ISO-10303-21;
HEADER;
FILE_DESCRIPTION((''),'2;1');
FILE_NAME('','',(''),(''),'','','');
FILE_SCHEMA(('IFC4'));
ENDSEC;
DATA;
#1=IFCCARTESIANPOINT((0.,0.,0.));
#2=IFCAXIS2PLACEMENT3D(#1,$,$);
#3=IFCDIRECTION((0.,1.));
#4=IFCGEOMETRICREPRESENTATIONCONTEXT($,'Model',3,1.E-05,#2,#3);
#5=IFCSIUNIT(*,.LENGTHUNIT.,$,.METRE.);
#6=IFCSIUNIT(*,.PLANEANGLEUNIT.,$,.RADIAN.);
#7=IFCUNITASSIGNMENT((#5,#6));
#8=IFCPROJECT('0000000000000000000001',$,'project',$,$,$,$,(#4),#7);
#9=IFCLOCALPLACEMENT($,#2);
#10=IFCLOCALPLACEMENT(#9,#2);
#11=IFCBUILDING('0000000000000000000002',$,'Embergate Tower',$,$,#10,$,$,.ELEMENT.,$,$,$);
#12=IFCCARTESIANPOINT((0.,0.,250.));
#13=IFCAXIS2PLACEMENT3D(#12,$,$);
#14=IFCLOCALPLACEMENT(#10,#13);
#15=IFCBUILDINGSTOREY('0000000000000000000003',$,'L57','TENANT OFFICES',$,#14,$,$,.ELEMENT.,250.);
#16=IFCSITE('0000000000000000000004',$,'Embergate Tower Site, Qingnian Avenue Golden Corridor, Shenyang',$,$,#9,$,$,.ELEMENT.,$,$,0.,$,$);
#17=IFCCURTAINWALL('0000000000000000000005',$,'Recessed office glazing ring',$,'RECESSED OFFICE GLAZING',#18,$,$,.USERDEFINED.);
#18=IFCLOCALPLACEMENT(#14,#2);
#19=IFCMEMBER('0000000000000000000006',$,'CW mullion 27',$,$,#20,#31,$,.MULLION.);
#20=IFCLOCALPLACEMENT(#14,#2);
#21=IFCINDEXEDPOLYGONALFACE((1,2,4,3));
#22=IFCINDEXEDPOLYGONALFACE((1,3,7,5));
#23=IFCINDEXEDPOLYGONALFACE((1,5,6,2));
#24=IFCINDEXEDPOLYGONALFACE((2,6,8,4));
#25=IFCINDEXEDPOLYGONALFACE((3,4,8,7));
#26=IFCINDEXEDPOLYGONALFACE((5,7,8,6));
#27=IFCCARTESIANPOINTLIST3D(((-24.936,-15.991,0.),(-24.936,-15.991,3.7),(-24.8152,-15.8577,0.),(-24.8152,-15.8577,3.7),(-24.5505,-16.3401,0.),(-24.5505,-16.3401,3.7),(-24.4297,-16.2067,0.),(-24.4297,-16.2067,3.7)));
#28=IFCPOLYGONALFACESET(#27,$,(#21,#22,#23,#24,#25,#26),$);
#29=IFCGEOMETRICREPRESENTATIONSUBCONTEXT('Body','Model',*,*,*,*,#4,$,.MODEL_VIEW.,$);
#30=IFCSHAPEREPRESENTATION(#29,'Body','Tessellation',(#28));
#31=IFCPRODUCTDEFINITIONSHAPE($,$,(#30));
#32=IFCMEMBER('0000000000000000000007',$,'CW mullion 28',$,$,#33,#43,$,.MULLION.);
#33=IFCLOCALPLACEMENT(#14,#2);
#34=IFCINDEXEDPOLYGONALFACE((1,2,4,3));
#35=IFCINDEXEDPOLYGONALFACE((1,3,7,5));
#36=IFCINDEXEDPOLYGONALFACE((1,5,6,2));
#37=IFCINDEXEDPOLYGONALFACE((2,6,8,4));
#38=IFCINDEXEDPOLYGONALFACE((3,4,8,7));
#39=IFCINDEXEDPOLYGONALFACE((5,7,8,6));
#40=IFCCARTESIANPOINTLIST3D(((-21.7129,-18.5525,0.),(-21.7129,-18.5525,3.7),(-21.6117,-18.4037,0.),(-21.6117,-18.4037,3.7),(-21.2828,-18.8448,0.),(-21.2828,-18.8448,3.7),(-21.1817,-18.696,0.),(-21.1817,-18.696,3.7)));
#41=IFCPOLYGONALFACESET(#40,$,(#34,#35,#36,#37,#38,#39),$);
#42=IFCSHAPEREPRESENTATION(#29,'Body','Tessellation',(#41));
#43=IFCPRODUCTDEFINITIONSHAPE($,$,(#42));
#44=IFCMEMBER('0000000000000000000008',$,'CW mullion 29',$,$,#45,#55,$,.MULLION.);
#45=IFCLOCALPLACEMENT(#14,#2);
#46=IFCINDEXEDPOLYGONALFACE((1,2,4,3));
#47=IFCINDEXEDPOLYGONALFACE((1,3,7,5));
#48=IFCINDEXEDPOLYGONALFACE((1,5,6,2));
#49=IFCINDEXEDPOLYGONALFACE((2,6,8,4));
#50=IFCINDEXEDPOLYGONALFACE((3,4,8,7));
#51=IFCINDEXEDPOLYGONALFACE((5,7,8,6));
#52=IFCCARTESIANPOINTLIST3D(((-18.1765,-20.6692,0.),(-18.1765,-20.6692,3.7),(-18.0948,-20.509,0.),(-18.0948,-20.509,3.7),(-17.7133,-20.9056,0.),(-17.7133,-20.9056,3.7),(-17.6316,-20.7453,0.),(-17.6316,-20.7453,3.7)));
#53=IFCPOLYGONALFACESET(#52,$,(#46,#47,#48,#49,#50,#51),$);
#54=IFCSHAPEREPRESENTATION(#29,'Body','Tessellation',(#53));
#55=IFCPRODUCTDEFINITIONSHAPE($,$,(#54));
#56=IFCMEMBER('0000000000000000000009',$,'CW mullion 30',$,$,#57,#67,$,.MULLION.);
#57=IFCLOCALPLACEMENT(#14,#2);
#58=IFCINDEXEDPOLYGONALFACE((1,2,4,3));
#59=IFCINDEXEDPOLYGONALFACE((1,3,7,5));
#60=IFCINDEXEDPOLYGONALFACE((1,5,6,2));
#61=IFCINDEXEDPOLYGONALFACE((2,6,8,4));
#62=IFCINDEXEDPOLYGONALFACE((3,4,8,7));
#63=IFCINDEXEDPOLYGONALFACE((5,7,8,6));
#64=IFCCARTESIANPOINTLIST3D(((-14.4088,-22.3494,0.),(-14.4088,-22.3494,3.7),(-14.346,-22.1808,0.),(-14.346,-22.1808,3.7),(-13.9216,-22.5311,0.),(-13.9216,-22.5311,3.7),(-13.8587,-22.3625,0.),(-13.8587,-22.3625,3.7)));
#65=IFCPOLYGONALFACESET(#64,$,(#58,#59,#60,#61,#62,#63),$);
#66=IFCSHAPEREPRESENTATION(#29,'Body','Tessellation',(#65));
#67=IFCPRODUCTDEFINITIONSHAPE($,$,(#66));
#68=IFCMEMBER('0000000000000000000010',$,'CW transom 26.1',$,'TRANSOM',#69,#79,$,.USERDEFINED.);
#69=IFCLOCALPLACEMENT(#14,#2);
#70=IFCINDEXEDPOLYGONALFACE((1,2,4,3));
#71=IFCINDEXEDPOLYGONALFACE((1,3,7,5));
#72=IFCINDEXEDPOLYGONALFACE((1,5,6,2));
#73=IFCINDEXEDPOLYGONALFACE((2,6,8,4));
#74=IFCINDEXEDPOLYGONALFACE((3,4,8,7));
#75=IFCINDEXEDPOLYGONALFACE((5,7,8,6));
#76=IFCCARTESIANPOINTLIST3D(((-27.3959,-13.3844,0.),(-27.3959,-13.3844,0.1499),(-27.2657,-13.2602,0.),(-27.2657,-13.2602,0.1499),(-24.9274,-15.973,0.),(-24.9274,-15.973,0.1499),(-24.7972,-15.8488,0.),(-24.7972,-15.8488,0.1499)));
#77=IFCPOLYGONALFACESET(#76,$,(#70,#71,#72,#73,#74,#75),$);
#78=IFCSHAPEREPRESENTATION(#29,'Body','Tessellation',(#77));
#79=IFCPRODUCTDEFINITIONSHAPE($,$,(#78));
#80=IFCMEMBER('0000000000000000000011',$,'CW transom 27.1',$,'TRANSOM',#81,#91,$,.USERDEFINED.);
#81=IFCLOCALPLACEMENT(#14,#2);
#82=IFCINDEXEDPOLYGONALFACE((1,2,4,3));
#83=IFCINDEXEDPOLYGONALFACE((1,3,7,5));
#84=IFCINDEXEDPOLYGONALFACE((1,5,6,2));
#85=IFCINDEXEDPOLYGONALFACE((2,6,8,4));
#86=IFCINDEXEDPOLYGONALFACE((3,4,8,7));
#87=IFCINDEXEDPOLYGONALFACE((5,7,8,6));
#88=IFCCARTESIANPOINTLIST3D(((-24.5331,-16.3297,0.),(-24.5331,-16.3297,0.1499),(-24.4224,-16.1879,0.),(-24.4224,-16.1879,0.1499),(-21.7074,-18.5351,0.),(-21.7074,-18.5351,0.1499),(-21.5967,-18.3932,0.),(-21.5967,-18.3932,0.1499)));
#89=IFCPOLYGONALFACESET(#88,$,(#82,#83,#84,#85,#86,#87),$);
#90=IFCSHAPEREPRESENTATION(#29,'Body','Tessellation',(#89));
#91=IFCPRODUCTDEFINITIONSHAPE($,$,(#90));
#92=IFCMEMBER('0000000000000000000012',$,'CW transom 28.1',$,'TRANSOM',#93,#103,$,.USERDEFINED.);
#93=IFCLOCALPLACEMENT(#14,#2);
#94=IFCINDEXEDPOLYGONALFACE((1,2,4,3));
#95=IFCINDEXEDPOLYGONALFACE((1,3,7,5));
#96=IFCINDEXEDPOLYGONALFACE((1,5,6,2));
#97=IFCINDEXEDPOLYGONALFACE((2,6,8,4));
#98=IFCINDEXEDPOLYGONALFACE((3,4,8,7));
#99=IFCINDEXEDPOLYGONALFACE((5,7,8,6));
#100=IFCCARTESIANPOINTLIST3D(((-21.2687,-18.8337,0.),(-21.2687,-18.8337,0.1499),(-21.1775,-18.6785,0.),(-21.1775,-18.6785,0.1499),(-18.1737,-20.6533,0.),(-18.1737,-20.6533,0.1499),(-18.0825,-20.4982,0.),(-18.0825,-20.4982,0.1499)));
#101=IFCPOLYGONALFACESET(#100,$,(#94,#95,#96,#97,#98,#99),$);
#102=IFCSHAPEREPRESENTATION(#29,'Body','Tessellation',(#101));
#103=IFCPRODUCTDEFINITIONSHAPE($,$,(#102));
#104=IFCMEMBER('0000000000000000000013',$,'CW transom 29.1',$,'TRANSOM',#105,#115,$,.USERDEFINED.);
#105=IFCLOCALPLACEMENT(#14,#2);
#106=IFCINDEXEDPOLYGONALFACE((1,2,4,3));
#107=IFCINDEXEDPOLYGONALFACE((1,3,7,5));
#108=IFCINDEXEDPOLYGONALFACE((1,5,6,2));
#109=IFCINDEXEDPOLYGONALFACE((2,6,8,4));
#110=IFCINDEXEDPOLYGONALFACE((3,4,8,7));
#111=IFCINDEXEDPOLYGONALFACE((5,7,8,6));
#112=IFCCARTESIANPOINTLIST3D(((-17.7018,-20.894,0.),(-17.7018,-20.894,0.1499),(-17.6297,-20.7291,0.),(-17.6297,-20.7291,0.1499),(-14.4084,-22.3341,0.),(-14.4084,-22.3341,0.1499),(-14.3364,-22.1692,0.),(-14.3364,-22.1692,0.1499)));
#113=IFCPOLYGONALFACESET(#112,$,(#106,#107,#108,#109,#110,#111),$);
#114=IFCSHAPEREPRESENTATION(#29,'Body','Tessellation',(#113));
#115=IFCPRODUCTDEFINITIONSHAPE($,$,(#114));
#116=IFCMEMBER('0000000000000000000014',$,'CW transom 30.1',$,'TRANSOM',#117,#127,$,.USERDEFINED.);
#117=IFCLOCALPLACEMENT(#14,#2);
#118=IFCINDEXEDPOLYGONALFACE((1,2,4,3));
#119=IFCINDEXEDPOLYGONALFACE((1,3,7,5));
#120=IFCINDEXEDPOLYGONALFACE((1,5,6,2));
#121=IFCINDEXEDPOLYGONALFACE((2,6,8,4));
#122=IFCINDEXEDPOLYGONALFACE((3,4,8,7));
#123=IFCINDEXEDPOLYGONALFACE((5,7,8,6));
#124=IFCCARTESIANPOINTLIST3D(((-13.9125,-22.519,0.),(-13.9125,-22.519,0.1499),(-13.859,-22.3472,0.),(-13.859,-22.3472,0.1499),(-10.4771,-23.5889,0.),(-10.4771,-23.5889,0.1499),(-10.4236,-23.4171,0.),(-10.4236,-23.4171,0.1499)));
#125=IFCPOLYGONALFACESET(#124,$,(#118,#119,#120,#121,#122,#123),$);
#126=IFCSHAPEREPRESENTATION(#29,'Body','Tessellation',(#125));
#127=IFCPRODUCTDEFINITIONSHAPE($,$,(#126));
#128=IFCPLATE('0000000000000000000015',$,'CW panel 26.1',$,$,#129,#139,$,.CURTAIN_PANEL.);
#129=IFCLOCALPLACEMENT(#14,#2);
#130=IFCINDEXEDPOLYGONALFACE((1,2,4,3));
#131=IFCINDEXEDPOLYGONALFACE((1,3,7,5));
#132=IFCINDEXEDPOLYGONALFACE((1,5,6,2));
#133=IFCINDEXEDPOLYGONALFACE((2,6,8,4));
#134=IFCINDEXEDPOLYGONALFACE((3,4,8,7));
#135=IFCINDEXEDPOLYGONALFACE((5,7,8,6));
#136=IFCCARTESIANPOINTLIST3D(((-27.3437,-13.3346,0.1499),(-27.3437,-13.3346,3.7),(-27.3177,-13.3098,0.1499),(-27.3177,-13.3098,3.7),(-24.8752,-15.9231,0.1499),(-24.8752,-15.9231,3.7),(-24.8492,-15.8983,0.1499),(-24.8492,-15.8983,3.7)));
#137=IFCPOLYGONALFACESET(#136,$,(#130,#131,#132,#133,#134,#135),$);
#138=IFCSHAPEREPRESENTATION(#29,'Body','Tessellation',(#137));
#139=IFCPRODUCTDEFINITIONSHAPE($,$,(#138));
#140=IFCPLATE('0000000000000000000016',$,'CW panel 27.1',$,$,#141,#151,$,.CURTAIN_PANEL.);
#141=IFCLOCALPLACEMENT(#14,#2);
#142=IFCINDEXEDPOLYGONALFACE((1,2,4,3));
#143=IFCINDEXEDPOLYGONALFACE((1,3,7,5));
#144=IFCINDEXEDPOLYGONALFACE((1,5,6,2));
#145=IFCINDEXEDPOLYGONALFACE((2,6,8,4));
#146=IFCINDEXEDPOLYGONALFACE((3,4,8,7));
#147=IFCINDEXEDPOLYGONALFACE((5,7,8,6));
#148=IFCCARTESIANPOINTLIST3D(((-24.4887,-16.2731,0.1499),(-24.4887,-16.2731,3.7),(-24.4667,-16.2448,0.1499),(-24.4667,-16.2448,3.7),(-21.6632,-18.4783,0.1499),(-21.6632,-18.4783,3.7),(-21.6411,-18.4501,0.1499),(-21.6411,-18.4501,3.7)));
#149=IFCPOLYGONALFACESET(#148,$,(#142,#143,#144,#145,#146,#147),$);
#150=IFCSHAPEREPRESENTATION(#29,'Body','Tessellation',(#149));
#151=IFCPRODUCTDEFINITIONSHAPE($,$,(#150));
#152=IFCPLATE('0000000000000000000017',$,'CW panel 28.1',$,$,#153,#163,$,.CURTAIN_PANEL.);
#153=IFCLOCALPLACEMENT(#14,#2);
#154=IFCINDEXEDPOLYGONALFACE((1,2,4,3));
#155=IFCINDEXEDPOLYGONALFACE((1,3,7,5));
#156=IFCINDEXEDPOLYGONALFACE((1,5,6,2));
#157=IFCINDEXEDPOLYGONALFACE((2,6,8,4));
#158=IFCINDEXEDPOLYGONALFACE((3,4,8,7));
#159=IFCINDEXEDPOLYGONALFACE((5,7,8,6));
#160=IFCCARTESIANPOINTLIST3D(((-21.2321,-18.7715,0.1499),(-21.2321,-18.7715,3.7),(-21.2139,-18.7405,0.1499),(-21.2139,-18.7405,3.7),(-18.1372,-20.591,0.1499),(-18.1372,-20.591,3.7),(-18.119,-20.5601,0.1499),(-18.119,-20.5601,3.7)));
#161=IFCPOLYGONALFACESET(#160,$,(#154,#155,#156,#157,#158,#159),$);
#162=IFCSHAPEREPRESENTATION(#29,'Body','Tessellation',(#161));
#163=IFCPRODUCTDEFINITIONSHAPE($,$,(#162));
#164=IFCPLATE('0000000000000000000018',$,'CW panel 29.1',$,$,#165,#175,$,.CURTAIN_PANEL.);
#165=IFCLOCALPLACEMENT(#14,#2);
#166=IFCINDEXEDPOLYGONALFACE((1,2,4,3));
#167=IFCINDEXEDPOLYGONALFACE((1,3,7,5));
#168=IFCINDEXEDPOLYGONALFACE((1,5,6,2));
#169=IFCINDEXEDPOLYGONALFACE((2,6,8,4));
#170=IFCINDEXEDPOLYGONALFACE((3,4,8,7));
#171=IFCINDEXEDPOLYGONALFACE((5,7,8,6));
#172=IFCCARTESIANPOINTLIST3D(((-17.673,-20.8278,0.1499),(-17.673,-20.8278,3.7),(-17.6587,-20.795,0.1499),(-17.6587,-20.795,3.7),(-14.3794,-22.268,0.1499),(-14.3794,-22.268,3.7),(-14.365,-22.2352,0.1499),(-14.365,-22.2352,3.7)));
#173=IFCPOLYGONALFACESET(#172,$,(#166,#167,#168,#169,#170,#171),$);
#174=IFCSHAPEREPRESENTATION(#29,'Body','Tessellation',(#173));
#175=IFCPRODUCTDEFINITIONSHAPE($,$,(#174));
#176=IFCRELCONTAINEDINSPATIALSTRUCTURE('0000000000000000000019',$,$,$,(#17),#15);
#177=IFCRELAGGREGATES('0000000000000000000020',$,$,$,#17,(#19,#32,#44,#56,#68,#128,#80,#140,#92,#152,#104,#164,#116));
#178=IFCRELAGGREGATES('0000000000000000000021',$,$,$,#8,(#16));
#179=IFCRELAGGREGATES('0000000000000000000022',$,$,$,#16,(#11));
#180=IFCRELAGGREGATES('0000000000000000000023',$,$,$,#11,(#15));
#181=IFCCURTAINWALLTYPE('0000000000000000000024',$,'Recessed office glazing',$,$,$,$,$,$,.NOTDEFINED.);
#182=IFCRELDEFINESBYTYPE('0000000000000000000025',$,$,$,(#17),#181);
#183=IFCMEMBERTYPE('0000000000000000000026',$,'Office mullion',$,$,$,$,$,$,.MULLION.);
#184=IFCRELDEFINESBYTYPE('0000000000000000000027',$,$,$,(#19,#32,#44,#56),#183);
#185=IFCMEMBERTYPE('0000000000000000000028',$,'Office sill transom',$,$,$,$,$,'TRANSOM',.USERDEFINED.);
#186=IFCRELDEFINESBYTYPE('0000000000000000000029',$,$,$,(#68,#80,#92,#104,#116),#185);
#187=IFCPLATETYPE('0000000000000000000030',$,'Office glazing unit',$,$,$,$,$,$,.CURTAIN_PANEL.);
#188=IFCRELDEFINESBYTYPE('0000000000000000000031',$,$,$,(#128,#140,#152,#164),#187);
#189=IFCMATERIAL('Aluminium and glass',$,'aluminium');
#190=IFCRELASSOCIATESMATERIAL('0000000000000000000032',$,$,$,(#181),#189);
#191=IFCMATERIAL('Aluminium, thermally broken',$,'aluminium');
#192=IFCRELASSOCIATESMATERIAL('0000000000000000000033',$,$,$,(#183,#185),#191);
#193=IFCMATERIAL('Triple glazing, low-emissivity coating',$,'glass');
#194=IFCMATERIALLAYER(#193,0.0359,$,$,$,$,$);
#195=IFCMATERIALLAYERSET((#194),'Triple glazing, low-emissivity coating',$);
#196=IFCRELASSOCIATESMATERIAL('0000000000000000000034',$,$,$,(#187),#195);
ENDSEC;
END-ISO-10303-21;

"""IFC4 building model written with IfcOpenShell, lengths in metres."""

from ifc_helpers import new_model, si_unit, direction, frame, origin, origin_2d, place, context, subcontext, project, spatial, rectangle, extrude, source, transform, mapped, material, layer, layer_set, material_profile, profile_set, type_object, element, aggregate, save


model = new_model("IFC4")

# Units and contexts
model_context = context("Model", 3, precision=1e-05, world=origin(), true_north=direction((0.0, 1.0)))
body_context = subcontext(model_context, "Body", "Model", "MODEL_VIEW")
ifc_project = project(units=[si_unit("LENGTHUNIT", "METRE"), si_unit("PLANEANGLEUNIT", "RADIAN")], contexts=[model_context])

# Site, building, storey
site_placement = place(None, origin())
site = spatial("IfcSite", under=ifc_project, at=site_placement, Name="Embergate Tower Site, Qingnian Avenue Golden Corridor, Shenyang", CompositionType="ELEMENT", RefElevation=0.0)
building_placement = place(site_placement, origin())
building = spatial("IfcBuilding", under=site, at=building_placement, Name="Embergate Tower", CompositionType="ELEMENT")
storey_placement = place(building_placement, frame((0.0, 0.0, 250.0)))
storey = spatial("IfcBuildingStorey", under=building, at=storey_placement, Name="L57", Description="TENANT OFFICES", CompositionType="ELEMENT", Elevation=250.0)

# Curtain wall, members, plates
ifc_material_1 = material(Name="Aluminium and glass", Category="aluminium")
curtain_wall_type = type_object("IfcCurtainWallType", Name="Recessed office glazing", PredefinedType="NOTDEFINED", material=ifc_material_1)
curtain_wall_placement = place(storey_placement, origin())
curtain_wall = element("IfcCurtainWall", 1, at=curtain_wall_placement, inside=storey, type_object=curtain_wall_type, Name="Recessed office glazing ring", ObjectType="RECESSED OFFICE GLAZING", PredefinedType="USERDEFINED")
ifc_material_2 = material(Name="Aluminium, thermally broken", Category="aluminium")
ifc_material_profile_1 = material_profile(ifc_material_2, rectangle(XDim=0.1799, YDim=0.52, at=origin_2d()), Name="AL 520x180")
ifc_profile_set_1 = profile_set([ifc_material_profile_1], Name="Aluminium, thermally broken")
member_type_1 = type_object("IfcMemberType", Name="Office mullion", PredefinedType="MULLION", material=ifc_profile_set_1)
shared_shape_1 = source(origin(), body_context, "Body", "SweptSolid", [
    extrude(rectangle(XDim=0.1799, YDim=0.52, at=origin_2d()), origin(), (0.0, 0.0, 1.0), 3.7),
])
member_1_placement = place(storey_placement, frame((-24.6829, -16.0989, 0.0), z_axis=(0.0, 0.0, 1.0), x_axis=(0.671224, 0.741255, 0.0)))
member_1 = element("IfcMember", 2, at=member_1_placement, type_object=member_type_1, Name="CW mullion 27", PredefinedType="MULLION", context=body_context, shape_type="MappedRepresentation", body=[
    mapped(shared_shape_1, transform((0.0, 0.0, 0.0))),
])
member_2_placement = place(storey_placement, frame((-21.4473, -18.6243, 0.0), z_axis=(0.0, 0.0, 1.0), x_axis=(0.562215, 0.826991, 0.0)))
member_2 = element("IfcMember", 3, at=member_2_placement, type_object=member_type_1, Name="CW mullion 28", PredefinedType="MULLION", context=body_context, shape_type="MappedRepresentation", body=[
    mapped(shared_shape_1, transform((0.0, 0.0, 0.0))),
])
member_3_placement = place(storey_placement, frame((-17.9041, -20.7073, 0.0), z_axis=(0.0, 0.0, 1.0), x_axis=(0.45451, 0.890742, 0.0)))
member_3 = element("IfcMember", 4, at=member_3_placement, type_object=member_type_1, Name="CW mullion 29", PredefinedType="MULLION", context=body_context, shape_type="MappedRepresentation", body=[
    mapped(shared_shape_1, transform((0.0, 0.0, 0.0))),
])
member_4_placement = place(storey_placement, frame((-14.1338, -22.356, 0.0), z_axis=(0.0, 0.0, 1.0), x_axis=(0.349503, 0.936935, 0.0)))
member_4 = element("IfcMember", 5, at=member_4_placement, type_object=member_type_1, Name="CW mullion 30", PredefinedType="MULLION", context=body_context, shape_type="MappedRepresentation", body=[
    mapped(shared_shape_1, transform((0.0, 0.0, 0.0))),
])
ifc_material_profile_2 = material_profile(ifc_material_2, rectangle(XDim=0.1799, YDim=0.1499, at=origin_2d()), Name="AL 150x180")
ifc_profile_set_2 = profile_set([ifc_material_profile_2], Name="Aluminium, thermally broken")
member_type_2 = type_object("IfcMemberType", Name="Office sill transom", ElementType="TRANSOM", PredefinedType="USERDEFINED", material=ifc_profile_set_2)
shared_shape_2 = source(origin(), body_context, "Body", "SweptSolid", [
    extrude(rectangle(XDim=0.1799, YDim=0.1499, at=origin_2d()), origin(), (0.0, 0.0, 1.0), 3.5769),
])
member_5_placement = place(storey_placement, frame((-27.3308, -13.3223, 0.075), z_axis=(0.690117, -0.723698, 0.0), x_axis=(0.723698, 0.690117, 0.0)))
member_5 = element("IfcMember", 6, at=member_5_placement, type_object=member_type_2, Name="CW transom 26.1", ObjectType="TRANSOM", PredefinedType="USERDEFINED", context=body_context, shape_type="MappedRepresentation", body=[
    mapped(shared_shape_2, transform((0.0, 0.0, 0.0))),
])
shared_shape_3 = source(origin(), body_context, "Body", "SweptSolid", [
    extrude(rectangle(XDim=0.1799, YDim=0.1499, at=origin_2d()), origin(), (0.0, 0.0, 1.0), 3.5845),
])
member_6_placement = place(storey_placement, frame((-24.4778, -16.2588, 0.075), z_axis=(0.788328, -0.615255, 0.0), x_axis=(0.615255, 0.788328, 0.0)))
member_6 = element("IfcMember", 7, at=member_6_placement, type_object=member_type_2, Name="CW transom 27.1", ObjectType="TRANSOM", PredefinedType="USERDEFINED", context=body_context, shape_type="MappedRepresentation", body=[
    mapped(shared_shape_3, transform((0.0, 0.0, 0.0))),
])
shared_shape_4 = source(origin(), body_context, "Body", "SweptSolid", [
    extrude(rectangle(XDim=0.1799, YDim=0.1499, at=origin_2d()), origin(), (0.0, 0.0, 1.0), 3.5903),
])
member_7_placement = place(storey_placement, frame((-21.2231, -18.7561, 0.075), z_axis=(0.862055, -0.506815, 0.0), x_axis=(0.506815, 0.862055, 0.0)))
member_7 = element("IfcMember", 8, at=member_7_placement, type_object=member_type_2, Name="CW transom 28.1", ObjectType="TRANSOM", PredefinedType="USERDEFINED", context=body_context, shape_type="MappedRepresentation", body=[
    mapped(shared_shape_4, transform((0.0, 0.0, 0.0))),
])
shared_shape_5 = source(origin(), body_context, "Body", "SweptSolid", [
    extrude(rectangle(XDim=0.1799, YDim=0.1499, at=origin_2d()), origin(), (0.0, 0.0, 1.0), 3.5945),
])
member_8_placement = place(storey_placement, frame((-17.6658, -20.8115, 0.075), z_axis=(0.916229, -0.400655, 0.0), x_axis=(0.400655, 0.916229, 0.0)))
member_8 = element("IfcMember", 9, at=member_8_placement, type_object=member_type_2, Name="CW transom 29.1", ObjectType="TRANSOM", PredefinedType="USERDEFINED", context=body_context, shape_type="MappedRepresentation", body=[
    mapped(shared_shape_5, transform((0.0, 0.0, 0.0))),
])
shared_shape_6 = source(origin(), body_context, "Body", "SweptSolid", [
    extrude(rectangle(XDim=0.1799, YDim=0.1499, at=origin_2d()), origin(), (0.0, 0.0, 1.0), 3.5981),
])
member_9_placement = place(storey_placement, frame((-13.8857, -22.4331, 0.075), z_axis=(0.954773, -0.297336, 0.0), x_axis=(0.297336, 0.954773, 0.0)))
member_9 = element("IfcMember", 10, at=member_9_placement, type_object=member_type_2, Name="CW transom 30.1", ObjectType="TRANSOM", PredefinedType="USERDEFINED", context=body_context, shape_type="MappedRepresentation", body=[
    mapped(shared_shape_6, transform((0.0, 0.0, 0.0))),
])
ifc_material_3 = material(Name="Triple glazing, low-emissivity coating", Category="glass")
ifc_layer_1 = layer(ifc_material_3, 0.0359)
ifc_layer_set_1 = layer_set([ifc_layer_1], Name="Triple glazing, low-emissivity coating")
plate_type = type_object("IfcPlateType", Name="Office glazing unit", PredefinedType="CURTAIN_PANEL", material=ifc_layer_set_1)
shared_shape_7 = source(origin(), body_context, "Body", "SweptSolid", [
    extrude(rectangle(XDim=3.5769, YDim=0.0359, at=origin_2d()), origin(), (0.0, 0.0, 1.0), 3.55),
])
plate_1_placement = place(storey_placement, frame((-26.0964, -14.6165, 0.1499), z_axis=(0.0, 0.0, 1.0), x_axis=(0.690134, -0.723682, 0.0)))
plate_1 = element("IfcPlate", 11, at=plate_1_placement, type_object=plate_type, Name="CW panel 26.1", PredefinedType="CURTAIN_PANEL", context=body_context, shape_type="MappedRepresentation", body=[
    mapped(shared_shape_7, transform((0.0, 0.0, 0.0))),
])
shared_shape_8 = source(origin(), body_context, "Body", "SweptSolid", [
    extrude(rectangle(XDim=3.5842, YDim=0.0359, at=origin_2d()), origin(), (0.0, 0.0, 1.0), 3.55),
])
plate_2_placement = place(storey_placement, frame((-23.0649, -17.3616, 0.1499), z_axis=(0.0, 0.0, 1.0), x_axis=(0.788319, -0.615267, 0.0)))
plate_2 = element("IfcPlate", 12, at=plate_2_placement, type_object=plate_type, Name="CW panel 27.1", PredefinedType="CURTAIN_PANEL", context=body_context, shape_type="MappedRepresentation", body=[
    mapped(shared_shape_8, transform((0.0, 0.0, 0.0))),
])
shared_shape_9 = source(origin(), body_context, "Body", "SweptSolid", [
    extrude(rectangle(XDim=3.5901, YDim=0.0359, at=origin_2d()), origin(), (0.0, 0.0, 1.0), 3.55),
])
plate_3_placement = place(storey_placement, frame((-19.6755, -19.6658, 0.1499), z_axis=(0.0, 0.0, 1.0), x_axis=(0.862051, -0.506821, 0.0)))
plate_3 = element("IfcPlate", 13, at=plate_3_placement, type_object=plate_type, Name="CW panel 28.1", PredefinedType="CURTAIN_PANEL", context=body_context, shape_type="MappedRepresentation", body=[
    mapped(shared_shape_9, transform((0.0, 0.0, 0.0))),
])
shared_shape_10 = source(origin(), body_context, "Body", "SweptSolid", [
    extrude(rectangle(XDim=3.5947, YDim=0.0359, at=origin_2d()), origin(), (0.0, 0.0, 1.0), 3.55),
])
plate_4_placement = place(storey_placement, frame((-16.019, -21.5315, 0.1499), z_axis=(0.0, 0.0, 1.0), x_axis=(0.916235, -0.400642, 0.0)))
plate_4 = element("IfcPlate", 14, at=plate_4_placement, type_object=plate_type, Name="CW panel 29.1", PredefinedType="CURTAIN_PANEL", context=body_context, shape_type="MappedRepresentation", body=[
    mapped(shared_shape_10, transform((0.0, 0.0, 0.0))),
])
aggregate(curtain_wall, [member_1, member_2, member_3, member_4, member_5, plate_1, member_6, plate_2, member_7, plate_3, member_8, plate_4, member_9])

save(model, "model.ifc")
